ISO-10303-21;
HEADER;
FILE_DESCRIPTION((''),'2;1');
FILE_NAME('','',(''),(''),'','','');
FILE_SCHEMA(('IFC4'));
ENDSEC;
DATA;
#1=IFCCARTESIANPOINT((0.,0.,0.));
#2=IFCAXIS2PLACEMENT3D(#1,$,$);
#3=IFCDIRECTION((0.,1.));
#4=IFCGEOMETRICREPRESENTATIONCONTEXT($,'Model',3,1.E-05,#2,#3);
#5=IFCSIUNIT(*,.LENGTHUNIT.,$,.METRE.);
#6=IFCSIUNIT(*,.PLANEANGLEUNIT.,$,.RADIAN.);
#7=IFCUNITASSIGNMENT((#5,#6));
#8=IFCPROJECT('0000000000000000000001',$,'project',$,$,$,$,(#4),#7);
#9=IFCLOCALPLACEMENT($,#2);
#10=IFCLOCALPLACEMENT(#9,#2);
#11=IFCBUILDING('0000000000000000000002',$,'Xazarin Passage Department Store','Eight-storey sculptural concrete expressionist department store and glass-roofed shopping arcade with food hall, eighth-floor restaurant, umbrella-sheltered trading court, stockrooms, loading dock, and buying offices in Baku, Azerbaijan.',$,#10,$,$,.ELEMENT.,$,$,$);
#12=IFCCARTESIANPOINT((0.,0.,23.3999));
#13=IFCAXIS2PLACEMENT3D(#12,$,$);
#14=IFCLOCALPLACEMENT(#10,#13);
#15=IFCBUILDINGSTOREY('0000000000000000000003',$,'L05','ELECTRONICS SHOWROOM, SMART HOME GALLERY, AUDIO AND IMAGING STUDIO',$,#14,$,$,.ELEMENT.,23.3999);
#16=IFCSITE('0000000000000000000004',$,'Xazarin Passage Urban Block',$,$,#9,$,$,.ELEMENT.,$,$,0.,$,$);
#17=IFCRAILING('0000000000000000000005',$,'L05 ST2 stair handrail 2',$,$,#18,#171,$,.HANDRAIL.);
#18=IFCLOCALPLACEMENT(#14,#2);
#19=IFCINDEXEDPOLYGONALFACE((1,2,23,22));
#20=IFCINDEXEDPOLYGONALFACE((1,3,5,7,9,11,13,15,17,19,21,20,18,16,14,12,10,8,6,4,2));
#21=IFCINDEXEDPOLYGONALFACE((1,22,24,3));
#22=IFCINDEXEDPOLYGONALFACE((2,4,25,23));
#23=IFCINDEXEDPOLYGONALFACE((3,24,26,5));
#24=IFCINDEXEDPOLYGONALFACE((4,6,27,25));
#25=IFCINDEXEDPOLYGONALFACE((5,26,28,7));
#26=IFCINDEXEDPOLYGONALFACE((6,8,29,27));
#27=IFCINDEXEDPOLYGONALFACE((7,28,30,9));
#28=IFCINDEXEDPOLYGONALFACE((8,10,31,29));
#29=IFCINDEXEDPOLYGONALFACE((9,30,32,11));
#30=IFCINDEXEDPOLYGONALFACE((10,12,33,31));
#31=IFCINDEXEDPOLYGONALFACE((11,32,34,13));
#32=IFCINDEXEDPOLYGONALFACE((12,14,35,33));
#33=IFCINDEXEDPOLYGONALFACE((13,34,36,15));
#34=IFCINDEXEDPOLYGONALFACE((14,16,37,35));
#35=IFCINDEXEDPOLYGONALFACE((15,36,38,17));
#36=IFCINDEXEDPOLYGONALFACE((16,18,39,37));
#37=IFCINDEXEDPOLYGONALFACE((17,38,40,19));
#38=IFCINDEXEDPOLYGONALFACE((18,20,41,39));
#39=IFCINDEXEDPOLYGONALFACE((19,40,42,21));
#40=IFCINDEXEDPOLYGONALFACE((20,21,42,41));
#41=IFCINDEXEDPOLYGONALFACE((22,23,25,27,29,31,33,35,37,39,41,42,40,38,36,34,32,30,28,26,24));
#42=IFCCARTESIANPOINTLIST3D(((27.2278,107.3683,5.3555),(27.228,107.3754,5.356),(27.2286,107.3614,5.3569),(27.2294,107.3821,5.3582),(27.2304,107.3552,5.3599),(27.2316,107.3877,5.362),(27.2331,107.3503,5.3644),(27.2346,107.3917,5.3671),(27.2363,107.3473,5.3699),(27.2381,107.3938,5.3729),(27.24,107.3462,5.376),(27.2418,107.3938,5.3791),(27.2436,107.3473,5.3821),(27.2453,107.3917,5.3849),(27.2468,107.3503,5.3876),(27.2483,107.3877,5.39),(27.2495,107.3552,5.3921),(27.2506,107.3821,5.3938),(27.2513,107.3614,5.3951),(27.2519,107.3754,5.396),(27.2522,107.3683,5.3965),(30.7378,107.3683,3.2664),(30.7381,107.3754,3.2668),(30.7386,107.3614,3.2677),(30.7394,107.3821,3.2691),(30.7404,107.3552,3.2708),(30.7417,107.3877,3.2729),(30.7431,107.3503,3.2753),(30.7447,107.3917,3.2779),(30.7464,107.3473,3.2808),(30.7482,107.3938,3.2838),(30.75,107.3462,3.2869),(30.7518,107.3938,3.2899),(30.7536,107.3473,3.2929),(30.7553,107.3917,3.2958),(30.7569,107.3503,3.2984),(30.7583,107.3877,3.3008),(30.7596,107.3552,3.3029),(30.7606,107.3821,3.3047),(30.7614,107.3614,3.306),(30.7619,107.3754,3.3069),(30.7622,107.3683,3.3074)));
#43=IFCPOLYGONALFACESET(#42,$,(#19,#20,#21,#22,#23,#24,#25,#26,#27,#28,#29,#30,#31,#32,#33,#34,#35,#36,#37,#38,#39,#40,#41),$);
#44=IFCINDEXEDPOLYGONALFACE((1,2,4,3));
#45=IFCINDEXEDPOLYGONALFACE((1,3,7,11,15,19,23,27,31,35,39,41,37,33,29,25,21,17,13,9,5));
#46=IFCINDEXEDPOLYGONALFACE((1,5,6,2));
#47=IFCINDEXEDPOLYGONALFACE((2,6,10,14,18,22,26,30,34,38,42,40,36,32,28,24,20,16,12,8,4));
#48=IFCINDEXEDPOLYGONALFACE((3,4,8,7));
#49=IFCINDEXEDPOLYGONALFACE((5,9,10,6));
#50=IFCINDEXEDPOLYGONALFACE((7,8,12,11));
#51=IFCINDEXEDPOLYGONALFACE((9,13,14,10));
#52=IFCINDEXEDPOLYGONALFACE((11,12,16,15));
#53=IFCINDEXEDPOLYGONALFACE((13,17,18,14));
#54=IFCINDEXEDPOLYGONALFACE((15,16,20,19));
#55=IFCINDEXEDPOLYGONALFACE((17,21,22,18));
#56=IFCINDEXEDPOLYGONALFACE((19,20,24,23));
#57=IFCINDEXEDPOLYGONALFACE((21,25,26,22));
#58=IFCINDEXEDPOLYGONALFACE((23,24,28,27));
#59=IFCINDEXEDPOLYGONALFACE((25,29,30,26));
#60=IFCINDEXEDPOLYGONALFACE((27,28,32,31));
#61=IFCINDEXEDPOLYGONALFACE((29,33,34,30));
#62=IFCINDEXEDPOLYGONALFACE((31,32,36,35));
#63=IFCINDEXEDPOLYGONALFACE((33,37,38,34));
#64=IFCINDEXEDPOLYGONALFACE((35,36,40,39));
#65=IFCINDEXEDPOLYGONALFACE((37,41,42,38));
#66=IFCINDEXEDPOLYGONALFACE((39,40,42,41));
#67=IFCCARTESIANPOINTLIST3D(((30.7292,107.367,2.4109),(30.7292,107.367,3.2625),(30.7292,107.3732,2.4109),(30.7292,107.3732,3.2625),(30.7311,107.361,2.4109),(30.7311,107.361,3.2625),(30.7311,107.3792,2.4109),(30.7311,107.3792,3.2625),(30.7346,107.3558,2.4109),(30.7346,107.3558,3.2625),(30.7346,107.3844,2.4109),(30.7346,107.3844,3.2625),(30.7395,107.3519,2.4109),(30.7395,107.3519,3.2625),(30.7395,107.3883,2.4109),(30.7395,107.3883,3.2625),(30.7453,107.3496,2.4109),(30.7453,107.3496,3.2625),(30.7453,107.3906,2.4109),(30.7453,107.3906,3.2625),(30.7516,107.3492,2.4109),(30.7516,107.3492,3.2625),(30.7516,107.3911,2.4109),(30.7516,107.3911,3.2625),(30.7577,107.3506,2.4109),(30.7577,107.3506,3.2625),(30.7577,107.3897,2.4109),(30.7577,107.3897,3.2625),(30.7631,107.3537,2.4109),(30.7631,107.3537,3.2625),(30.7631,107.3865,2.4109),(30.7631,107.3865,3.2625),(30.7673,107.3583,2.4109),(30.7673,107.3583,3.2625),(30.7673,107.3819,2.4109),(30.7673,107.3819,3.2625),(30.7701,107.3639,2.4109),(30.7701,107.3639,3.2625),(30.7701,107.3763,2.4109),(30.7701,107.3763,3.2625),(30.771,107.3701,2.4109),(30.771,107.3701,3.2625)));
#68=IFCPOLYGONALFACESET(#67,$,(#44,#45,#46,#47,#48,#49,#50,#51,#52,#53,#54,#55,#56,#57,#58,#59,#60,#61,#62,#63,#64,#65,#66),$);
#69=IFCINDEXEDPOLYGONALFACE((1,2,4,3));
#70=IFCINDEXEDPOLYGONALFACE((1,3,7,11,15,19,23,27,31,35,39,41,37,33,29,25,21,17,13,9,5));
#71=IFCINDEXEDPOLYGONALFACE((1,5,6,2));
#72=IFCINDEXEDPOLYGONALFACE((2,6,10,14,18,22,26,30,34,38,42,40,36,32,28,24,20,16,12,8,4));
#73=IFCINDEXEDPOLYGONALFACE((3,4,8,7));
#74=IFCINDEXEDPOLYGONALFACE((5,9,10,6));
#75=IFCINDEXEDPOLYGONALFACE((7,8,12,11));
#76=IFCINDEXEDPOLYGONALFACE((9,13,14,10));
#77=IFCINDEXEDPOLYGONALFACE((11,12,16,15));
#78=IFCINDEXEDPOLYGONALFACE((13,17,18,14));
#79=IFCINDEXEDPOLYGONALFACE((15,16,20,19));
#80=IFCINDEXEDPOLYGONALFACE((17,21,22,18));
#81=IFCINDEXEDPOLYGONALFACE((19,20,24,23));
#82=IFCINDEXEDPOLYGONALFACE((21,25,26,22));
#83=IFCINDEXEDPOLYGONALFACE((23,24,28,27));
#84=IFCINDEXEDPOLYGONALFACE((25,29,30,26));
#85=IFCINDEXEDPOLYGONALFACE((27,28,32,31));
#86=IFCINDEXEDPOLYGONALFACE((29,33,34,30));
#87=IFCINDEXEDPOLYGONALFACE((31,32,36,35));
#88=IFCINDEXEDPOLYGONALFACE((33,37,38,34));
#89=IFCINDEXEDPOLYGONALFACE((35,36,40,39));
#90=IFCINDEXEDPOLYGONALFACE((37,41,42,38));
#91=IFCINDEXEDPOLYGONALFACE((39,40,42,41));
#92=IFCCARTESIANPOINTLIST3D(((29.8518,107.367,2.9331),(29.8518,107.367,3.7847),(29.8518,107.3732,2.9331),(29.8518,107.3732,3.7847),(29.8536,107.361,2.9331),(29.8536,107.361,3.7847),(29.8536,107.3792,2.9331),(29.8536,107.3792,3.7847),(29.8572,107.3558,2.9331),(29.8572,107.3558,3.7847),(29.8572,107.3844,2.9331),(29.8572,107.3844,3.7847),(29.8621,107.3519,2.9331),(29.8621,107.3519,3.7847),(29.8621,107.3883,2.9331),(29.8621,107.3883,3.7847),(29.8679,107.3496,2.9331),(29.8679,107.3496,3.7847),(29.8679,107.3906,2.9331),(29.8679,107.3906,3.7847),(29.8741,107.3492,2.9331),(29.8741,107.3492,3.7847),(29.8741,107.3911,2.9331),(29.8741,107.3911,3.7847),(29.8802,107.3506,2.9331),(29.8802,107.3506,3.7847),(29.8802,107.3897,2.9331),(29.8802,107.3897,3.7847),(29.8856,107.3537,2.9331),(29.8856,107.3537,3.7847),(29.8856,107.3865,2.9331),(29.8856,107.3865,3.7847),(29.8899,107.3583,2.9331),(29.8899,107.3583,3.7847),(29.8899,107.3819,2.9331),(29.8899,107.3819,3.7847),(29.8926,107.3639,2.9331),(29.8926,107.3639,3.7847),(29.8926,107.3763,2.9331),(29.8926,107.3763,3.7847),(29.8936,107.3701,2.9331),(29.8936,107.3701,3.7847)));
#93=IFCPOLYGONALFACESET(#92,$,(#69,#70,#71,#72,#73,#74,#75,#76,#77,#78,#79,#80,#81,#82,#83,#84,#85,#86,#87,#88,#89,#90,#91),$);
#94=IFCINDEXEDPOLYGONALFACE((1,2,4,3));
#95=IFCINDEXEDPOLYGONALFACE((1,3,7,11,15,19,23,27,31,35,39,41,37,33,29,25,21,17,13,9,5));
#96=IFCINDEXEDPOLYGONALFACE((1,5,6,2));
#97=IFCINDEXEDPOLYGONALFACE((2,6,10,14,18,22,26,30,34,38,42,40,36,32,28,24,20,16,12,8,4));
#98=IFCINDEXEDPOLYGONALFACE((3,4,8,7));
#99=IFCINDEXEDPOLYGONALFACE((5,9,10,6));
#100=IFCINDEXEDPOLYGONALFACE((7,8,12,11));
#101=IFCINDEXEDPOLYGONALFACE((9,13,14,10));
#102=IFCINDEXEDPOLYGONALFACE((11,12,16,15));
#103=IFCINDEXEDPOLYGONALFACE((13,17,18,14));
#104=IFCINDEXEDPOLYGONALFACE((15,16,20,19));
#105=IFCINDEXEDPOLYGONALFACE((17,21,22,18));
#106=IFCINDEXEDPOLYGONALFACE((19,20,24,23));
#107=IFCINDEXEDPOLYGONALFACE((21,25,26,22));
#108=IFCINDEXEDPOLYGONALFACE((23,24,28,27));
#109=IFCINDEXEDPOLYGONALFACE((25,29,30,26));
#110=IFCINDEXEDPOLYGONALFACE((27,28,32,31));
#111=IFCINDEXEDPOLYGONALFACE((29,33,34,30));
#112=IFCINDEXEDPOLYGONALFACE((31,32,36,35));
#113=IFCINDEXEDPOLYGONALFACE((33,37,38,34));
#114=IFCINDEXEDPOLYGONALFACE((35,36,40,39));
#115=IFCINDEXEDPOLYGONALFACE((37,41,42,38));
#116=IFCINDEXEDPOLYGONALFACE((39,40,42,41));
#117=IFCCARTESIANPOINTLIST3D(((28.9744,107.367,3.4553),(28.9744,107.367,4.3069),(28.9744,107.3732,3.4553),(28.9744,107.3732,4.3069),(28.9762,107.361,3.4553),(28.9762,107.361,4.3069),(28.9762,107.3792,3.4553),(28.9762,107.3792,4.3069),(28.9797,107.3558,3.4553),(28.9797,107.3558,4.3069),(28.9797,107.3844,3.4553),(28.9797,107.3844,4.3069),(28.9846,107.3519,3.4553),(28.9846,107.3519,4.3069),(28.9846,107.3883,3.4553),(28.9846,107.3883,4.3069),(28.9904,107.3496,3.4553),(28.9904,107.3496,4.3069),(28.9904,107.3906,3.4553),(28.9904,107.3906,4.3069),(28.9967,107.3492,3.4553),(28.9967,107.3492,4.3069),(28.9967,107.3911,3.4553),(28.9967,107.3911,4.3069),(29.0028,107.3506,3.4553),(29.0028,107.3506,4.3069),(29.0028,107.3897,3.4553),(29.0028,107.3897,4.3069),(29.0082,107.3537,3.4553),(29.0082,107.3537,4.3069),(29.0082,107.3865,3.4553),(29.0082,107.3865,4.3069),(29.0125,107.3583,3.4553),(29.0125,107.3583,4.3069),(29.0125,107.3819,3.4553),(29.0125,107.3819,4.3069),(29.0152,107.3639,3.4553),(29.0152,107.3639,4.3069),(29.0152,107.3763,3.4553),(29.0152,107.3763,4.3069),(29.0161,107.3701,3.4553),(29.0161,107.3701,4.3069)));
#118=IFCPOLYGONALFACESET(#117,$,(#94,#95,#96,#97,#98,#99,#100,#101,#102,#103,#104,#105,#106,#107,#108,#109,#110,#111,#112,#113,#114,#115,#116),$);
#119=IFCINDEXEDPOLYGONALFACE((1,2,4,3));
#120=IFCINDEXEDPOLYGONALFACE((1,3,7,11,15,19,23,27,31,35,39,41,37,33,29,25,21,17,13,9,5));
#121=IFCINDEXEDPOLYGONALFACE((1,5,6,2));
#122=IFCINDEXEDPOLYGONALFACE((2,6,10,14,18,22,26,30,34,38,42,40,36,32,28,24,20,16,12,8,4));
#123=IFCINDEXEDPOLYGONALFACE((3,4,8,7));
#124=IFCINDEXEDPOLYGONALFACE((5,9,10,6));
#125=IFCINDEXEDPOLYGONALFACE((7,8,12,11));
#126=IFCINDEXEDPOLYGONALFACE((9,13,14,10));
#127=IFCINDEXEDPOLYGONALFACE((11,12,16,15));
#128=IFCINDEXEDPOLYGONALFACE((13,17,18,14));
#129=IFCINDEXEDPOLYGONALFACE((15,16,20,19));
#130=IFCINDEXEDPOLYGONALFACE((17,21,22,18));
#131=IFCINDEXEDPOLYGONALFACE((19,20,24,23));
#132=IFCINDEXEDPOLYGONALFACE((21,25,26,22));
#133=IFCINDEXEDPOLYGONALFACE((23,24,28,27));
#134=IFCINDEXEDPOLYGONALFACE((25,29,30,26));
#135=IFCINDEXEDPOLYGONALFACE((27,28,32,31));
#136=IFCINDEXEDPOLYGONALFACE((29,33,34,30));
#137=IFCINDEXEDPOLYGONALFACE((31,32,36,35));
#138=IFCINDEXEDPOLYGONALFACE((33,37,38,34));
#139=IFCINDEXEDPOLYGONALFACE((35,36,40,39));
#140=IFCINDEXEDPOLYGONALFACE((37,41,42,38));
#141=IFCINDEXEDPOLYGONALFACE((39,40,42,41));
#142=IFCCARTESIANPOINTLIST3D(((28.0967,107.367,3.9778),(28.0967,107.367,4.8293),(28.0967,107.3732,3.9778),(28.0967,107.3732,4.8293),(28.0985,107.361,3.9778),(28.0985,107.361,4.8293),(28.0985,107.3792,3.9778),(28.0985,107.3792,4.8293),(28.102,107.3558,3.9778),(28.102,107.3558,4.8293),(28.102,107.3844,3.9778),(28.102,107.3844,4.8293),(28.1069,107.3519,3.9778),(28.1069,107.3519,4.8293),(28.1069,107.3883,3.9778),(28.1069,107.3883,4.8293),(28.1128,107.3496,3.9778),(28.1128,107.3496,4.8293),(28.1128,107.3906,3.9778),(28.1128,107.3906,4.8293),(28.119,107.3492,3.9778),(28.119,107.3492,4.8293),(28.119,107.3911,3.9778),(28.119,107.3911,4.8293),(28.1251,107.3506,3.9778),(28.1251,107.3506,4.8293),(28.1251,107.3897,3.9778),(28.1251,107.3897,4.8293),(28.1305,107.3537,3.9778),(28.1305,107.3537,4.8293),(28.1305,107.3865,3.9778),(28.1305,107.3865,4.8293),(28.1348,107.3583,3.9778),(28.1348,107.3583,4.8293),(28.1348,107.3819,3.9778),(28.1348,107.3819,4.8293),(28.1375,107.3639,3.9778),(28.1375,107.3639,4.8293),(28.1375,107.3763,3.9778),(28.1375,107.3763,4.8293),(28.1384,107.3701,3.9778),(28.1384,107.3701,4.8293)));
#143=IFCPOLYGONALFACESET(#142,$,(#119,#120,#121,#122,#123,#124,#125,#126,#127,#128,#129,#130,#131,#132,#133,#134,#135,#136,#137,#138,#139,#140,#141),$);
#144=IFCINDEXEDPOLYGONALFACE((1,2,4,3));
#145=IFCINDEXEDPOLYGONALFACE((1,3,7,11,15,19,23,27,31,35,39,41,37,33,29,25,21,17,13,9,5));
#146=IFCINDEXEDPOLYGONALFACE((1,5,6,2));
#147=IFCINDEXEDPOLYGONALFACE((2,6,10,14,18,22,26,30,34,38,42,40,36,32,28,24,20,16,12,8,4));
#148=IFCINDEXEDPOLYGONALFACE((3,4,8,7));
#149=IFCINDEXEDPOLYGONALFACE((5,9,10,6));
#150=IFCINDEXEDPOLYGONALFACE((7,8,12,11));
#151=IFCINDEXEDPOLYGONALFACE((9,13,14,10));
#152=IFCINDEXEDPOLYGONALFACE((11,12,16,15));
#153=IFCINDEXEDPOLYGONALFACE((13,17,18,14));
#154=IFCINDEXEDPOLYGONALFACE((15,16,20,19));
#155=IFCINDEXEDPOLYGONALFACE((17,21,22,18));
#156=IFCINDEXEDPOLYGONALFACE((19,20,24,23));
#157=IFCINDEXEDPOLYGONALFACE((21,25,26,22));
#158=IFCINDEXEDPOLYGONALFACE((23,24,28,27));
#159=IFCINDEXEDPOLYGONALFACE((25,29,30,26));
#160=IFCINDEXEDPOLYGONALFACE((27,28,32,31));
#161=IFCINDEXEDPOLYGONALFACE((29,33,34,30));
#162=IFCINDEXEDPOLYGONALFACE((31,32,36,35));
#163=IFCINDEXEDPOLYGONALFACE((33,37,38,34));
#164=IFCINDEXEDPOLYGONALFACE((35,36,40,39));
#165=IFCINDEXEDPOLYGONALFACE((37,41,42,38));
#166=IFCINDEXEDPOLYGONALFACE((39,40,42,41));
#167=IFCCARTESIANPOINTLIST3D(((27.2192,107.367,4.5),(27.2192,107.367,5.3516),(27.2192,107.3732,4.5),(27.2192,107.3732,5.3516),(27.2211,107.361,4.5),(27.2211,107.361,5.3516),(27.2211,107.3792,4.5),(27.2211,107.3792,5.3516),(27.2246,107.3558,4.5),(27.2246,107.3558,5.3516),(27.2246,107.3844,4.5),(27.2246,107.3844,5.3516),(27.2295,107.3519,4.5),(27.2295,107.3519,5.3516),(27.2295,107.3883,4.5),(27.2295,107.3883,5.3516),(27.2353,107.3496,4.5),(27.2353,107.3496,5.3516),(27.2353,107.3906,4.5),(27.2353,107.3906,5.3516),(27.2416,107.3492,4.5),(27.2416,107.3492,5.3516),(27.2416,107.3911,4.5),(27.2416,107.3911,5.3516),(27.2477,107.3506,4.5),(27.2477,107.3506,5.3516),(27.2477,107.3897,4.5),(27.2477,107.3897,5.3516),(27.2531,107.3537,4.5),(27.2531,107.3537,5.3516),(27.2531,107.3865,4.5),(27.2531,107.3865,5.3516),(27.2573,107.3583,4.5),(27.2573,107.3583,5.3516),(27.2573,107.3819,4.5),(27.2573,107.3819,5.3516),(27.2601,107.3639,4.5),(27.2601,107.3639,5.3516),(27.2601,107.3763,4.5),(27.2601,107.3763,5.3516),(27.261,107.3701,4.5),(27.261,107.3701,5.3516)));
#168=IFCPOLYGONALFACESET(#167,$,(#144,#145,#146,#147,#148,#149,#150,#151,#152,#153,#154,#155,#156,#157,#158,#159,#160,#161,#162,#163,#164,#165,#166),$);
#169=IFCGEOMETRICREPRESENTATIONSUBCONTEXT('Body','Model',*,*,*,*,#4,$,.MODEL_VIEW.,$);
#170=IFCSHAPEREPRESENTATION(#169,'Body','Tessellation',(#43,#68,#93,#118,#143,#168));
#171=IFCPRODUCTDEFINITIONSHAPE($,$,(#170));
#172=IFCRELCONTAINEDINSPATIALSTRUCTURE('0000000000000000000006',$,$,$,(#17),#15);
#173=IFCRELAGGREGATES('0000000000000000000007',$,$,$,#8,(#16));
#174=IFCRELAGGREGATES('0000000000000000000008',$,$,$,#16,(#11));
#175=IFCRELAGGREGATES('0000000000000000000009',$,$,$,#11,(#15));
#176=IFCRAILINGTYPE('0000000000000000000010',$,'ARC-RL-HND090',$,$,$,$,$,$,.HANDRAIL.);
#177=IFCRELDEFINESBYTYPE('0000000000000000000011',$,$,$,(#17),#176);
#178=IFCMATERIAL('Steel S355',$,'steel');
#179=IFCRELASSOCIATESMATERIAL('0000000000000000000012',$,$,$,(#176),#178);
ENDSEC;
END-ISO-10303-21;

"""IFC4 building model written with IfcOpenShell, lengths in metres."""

from ifc_helpers import new_model, si_unit, direction, frame, origin, origin_2d, place, context, subcontext, project, spatial, circle, extrude, material, type_object, element, save


model = new_model("IFC4")

# Units and contexts
model_context = context("Model", 3, precision=1e-05, world=origin(), true_north=direction((0.0, 1.0)))
body_context = subcontext(model_context, "Body", "Model", "MODEL_VIEW")
ifc_project = project(units=[si_unit("LENGTHUNIT", "METRE"), si_unit("PLANEANGLEUNIT", "RADIAN")], contexts=[model_context])

# Site, building, storey
site_placement = place(None, origin())
site = spatial("IfcSite", under=ifc_project, at=site_placement, Name="Xazarin Passage Urban Block", CompositionType="ELEMENT", RefElevation=0.0)
building_placement = place(site_placement, origin())
building = spatial("IfcBuilding", under=site, at=building_placement, Name="Xazarin Passage Department Store", Description="Eight-storey sculptural concrete expressionist department store and glass-roofed shopping arcade with food hall, eighth-floor restaurant, umbrella-sheltered trading court, stockrooms, loading dock, and buying offices in Baku, Azerbaijan.", CompositionType="ELEMENT")
storey_placement = place(building_placement, frame((0.0, 0.0, 23.3999)))
storey = spatial("IfcBuildingStorey", under=building, at=storey_placement, Name="L05", Description="ELECTRONICS SHOWROOM, SMART HOME GALLERY, AUDIO AND IMAGING STUDIO", CompositionType="ELEMENT", Elevation=23.3999)

# Shared definitions
ifc_material_1 = material(Name="Steel S355", Category="steel")

# Railing
railing_type = type_object("IfcRailingType", Name="ARC-RL-HND090", PredefinedType="HANDRAIL", material=ifc_material_1)
railing_placement = place(storey_placement, frame((30.75, 107.3701, 2.4109)))
element("IfcRailing", 1, at=railing_placement, inside=storey, type_object=railing_type, Name="L05 ST2 stair handrail 2", PredefinedType="HANDRAIL", context=body_context, shape_type="SweptSolid", body=[
    extrude(circle(Radius=0.0239, at=origin_2d()), frame((0.0, 0.0, 0.876), z_axis=(-0.859312, 0.0, 0.511451), x_axis=(0.0, -1.0, 0.0)), (0.0, 0.0, 1.0), 4.0847),
    extrude(circle(Radius=0.021, at=origin_2d()), origin(), (0.0, 0.0, 1.0), 0.8516),
    extrude(circle(Radius=0.021, at=origin_2d()), frame((-0.8774, 0.0, 0.5222)), (0.0, 0.0, 1.0), 0.8516),
    extrude(circle(Radius=0.021, at=origin_2d()), frame((-1.7549, 0.0, 1.0444)), (0.0, 0.0, 1.0), 0.8516),
    extrude(circle(Radius=0.021, at=origin_2d()), frame((-2.6326, 0.0, 1.5669)), (0.0, 0.0, 1.0), 0.8516),
    extrude(circle(Radius=0.021, at=origin_2d()), frame((-3.51, 0.0, 2.0891)), (0.0, 0.0, 1.0), 0.8516),
])

save(model, "model.ifc")
